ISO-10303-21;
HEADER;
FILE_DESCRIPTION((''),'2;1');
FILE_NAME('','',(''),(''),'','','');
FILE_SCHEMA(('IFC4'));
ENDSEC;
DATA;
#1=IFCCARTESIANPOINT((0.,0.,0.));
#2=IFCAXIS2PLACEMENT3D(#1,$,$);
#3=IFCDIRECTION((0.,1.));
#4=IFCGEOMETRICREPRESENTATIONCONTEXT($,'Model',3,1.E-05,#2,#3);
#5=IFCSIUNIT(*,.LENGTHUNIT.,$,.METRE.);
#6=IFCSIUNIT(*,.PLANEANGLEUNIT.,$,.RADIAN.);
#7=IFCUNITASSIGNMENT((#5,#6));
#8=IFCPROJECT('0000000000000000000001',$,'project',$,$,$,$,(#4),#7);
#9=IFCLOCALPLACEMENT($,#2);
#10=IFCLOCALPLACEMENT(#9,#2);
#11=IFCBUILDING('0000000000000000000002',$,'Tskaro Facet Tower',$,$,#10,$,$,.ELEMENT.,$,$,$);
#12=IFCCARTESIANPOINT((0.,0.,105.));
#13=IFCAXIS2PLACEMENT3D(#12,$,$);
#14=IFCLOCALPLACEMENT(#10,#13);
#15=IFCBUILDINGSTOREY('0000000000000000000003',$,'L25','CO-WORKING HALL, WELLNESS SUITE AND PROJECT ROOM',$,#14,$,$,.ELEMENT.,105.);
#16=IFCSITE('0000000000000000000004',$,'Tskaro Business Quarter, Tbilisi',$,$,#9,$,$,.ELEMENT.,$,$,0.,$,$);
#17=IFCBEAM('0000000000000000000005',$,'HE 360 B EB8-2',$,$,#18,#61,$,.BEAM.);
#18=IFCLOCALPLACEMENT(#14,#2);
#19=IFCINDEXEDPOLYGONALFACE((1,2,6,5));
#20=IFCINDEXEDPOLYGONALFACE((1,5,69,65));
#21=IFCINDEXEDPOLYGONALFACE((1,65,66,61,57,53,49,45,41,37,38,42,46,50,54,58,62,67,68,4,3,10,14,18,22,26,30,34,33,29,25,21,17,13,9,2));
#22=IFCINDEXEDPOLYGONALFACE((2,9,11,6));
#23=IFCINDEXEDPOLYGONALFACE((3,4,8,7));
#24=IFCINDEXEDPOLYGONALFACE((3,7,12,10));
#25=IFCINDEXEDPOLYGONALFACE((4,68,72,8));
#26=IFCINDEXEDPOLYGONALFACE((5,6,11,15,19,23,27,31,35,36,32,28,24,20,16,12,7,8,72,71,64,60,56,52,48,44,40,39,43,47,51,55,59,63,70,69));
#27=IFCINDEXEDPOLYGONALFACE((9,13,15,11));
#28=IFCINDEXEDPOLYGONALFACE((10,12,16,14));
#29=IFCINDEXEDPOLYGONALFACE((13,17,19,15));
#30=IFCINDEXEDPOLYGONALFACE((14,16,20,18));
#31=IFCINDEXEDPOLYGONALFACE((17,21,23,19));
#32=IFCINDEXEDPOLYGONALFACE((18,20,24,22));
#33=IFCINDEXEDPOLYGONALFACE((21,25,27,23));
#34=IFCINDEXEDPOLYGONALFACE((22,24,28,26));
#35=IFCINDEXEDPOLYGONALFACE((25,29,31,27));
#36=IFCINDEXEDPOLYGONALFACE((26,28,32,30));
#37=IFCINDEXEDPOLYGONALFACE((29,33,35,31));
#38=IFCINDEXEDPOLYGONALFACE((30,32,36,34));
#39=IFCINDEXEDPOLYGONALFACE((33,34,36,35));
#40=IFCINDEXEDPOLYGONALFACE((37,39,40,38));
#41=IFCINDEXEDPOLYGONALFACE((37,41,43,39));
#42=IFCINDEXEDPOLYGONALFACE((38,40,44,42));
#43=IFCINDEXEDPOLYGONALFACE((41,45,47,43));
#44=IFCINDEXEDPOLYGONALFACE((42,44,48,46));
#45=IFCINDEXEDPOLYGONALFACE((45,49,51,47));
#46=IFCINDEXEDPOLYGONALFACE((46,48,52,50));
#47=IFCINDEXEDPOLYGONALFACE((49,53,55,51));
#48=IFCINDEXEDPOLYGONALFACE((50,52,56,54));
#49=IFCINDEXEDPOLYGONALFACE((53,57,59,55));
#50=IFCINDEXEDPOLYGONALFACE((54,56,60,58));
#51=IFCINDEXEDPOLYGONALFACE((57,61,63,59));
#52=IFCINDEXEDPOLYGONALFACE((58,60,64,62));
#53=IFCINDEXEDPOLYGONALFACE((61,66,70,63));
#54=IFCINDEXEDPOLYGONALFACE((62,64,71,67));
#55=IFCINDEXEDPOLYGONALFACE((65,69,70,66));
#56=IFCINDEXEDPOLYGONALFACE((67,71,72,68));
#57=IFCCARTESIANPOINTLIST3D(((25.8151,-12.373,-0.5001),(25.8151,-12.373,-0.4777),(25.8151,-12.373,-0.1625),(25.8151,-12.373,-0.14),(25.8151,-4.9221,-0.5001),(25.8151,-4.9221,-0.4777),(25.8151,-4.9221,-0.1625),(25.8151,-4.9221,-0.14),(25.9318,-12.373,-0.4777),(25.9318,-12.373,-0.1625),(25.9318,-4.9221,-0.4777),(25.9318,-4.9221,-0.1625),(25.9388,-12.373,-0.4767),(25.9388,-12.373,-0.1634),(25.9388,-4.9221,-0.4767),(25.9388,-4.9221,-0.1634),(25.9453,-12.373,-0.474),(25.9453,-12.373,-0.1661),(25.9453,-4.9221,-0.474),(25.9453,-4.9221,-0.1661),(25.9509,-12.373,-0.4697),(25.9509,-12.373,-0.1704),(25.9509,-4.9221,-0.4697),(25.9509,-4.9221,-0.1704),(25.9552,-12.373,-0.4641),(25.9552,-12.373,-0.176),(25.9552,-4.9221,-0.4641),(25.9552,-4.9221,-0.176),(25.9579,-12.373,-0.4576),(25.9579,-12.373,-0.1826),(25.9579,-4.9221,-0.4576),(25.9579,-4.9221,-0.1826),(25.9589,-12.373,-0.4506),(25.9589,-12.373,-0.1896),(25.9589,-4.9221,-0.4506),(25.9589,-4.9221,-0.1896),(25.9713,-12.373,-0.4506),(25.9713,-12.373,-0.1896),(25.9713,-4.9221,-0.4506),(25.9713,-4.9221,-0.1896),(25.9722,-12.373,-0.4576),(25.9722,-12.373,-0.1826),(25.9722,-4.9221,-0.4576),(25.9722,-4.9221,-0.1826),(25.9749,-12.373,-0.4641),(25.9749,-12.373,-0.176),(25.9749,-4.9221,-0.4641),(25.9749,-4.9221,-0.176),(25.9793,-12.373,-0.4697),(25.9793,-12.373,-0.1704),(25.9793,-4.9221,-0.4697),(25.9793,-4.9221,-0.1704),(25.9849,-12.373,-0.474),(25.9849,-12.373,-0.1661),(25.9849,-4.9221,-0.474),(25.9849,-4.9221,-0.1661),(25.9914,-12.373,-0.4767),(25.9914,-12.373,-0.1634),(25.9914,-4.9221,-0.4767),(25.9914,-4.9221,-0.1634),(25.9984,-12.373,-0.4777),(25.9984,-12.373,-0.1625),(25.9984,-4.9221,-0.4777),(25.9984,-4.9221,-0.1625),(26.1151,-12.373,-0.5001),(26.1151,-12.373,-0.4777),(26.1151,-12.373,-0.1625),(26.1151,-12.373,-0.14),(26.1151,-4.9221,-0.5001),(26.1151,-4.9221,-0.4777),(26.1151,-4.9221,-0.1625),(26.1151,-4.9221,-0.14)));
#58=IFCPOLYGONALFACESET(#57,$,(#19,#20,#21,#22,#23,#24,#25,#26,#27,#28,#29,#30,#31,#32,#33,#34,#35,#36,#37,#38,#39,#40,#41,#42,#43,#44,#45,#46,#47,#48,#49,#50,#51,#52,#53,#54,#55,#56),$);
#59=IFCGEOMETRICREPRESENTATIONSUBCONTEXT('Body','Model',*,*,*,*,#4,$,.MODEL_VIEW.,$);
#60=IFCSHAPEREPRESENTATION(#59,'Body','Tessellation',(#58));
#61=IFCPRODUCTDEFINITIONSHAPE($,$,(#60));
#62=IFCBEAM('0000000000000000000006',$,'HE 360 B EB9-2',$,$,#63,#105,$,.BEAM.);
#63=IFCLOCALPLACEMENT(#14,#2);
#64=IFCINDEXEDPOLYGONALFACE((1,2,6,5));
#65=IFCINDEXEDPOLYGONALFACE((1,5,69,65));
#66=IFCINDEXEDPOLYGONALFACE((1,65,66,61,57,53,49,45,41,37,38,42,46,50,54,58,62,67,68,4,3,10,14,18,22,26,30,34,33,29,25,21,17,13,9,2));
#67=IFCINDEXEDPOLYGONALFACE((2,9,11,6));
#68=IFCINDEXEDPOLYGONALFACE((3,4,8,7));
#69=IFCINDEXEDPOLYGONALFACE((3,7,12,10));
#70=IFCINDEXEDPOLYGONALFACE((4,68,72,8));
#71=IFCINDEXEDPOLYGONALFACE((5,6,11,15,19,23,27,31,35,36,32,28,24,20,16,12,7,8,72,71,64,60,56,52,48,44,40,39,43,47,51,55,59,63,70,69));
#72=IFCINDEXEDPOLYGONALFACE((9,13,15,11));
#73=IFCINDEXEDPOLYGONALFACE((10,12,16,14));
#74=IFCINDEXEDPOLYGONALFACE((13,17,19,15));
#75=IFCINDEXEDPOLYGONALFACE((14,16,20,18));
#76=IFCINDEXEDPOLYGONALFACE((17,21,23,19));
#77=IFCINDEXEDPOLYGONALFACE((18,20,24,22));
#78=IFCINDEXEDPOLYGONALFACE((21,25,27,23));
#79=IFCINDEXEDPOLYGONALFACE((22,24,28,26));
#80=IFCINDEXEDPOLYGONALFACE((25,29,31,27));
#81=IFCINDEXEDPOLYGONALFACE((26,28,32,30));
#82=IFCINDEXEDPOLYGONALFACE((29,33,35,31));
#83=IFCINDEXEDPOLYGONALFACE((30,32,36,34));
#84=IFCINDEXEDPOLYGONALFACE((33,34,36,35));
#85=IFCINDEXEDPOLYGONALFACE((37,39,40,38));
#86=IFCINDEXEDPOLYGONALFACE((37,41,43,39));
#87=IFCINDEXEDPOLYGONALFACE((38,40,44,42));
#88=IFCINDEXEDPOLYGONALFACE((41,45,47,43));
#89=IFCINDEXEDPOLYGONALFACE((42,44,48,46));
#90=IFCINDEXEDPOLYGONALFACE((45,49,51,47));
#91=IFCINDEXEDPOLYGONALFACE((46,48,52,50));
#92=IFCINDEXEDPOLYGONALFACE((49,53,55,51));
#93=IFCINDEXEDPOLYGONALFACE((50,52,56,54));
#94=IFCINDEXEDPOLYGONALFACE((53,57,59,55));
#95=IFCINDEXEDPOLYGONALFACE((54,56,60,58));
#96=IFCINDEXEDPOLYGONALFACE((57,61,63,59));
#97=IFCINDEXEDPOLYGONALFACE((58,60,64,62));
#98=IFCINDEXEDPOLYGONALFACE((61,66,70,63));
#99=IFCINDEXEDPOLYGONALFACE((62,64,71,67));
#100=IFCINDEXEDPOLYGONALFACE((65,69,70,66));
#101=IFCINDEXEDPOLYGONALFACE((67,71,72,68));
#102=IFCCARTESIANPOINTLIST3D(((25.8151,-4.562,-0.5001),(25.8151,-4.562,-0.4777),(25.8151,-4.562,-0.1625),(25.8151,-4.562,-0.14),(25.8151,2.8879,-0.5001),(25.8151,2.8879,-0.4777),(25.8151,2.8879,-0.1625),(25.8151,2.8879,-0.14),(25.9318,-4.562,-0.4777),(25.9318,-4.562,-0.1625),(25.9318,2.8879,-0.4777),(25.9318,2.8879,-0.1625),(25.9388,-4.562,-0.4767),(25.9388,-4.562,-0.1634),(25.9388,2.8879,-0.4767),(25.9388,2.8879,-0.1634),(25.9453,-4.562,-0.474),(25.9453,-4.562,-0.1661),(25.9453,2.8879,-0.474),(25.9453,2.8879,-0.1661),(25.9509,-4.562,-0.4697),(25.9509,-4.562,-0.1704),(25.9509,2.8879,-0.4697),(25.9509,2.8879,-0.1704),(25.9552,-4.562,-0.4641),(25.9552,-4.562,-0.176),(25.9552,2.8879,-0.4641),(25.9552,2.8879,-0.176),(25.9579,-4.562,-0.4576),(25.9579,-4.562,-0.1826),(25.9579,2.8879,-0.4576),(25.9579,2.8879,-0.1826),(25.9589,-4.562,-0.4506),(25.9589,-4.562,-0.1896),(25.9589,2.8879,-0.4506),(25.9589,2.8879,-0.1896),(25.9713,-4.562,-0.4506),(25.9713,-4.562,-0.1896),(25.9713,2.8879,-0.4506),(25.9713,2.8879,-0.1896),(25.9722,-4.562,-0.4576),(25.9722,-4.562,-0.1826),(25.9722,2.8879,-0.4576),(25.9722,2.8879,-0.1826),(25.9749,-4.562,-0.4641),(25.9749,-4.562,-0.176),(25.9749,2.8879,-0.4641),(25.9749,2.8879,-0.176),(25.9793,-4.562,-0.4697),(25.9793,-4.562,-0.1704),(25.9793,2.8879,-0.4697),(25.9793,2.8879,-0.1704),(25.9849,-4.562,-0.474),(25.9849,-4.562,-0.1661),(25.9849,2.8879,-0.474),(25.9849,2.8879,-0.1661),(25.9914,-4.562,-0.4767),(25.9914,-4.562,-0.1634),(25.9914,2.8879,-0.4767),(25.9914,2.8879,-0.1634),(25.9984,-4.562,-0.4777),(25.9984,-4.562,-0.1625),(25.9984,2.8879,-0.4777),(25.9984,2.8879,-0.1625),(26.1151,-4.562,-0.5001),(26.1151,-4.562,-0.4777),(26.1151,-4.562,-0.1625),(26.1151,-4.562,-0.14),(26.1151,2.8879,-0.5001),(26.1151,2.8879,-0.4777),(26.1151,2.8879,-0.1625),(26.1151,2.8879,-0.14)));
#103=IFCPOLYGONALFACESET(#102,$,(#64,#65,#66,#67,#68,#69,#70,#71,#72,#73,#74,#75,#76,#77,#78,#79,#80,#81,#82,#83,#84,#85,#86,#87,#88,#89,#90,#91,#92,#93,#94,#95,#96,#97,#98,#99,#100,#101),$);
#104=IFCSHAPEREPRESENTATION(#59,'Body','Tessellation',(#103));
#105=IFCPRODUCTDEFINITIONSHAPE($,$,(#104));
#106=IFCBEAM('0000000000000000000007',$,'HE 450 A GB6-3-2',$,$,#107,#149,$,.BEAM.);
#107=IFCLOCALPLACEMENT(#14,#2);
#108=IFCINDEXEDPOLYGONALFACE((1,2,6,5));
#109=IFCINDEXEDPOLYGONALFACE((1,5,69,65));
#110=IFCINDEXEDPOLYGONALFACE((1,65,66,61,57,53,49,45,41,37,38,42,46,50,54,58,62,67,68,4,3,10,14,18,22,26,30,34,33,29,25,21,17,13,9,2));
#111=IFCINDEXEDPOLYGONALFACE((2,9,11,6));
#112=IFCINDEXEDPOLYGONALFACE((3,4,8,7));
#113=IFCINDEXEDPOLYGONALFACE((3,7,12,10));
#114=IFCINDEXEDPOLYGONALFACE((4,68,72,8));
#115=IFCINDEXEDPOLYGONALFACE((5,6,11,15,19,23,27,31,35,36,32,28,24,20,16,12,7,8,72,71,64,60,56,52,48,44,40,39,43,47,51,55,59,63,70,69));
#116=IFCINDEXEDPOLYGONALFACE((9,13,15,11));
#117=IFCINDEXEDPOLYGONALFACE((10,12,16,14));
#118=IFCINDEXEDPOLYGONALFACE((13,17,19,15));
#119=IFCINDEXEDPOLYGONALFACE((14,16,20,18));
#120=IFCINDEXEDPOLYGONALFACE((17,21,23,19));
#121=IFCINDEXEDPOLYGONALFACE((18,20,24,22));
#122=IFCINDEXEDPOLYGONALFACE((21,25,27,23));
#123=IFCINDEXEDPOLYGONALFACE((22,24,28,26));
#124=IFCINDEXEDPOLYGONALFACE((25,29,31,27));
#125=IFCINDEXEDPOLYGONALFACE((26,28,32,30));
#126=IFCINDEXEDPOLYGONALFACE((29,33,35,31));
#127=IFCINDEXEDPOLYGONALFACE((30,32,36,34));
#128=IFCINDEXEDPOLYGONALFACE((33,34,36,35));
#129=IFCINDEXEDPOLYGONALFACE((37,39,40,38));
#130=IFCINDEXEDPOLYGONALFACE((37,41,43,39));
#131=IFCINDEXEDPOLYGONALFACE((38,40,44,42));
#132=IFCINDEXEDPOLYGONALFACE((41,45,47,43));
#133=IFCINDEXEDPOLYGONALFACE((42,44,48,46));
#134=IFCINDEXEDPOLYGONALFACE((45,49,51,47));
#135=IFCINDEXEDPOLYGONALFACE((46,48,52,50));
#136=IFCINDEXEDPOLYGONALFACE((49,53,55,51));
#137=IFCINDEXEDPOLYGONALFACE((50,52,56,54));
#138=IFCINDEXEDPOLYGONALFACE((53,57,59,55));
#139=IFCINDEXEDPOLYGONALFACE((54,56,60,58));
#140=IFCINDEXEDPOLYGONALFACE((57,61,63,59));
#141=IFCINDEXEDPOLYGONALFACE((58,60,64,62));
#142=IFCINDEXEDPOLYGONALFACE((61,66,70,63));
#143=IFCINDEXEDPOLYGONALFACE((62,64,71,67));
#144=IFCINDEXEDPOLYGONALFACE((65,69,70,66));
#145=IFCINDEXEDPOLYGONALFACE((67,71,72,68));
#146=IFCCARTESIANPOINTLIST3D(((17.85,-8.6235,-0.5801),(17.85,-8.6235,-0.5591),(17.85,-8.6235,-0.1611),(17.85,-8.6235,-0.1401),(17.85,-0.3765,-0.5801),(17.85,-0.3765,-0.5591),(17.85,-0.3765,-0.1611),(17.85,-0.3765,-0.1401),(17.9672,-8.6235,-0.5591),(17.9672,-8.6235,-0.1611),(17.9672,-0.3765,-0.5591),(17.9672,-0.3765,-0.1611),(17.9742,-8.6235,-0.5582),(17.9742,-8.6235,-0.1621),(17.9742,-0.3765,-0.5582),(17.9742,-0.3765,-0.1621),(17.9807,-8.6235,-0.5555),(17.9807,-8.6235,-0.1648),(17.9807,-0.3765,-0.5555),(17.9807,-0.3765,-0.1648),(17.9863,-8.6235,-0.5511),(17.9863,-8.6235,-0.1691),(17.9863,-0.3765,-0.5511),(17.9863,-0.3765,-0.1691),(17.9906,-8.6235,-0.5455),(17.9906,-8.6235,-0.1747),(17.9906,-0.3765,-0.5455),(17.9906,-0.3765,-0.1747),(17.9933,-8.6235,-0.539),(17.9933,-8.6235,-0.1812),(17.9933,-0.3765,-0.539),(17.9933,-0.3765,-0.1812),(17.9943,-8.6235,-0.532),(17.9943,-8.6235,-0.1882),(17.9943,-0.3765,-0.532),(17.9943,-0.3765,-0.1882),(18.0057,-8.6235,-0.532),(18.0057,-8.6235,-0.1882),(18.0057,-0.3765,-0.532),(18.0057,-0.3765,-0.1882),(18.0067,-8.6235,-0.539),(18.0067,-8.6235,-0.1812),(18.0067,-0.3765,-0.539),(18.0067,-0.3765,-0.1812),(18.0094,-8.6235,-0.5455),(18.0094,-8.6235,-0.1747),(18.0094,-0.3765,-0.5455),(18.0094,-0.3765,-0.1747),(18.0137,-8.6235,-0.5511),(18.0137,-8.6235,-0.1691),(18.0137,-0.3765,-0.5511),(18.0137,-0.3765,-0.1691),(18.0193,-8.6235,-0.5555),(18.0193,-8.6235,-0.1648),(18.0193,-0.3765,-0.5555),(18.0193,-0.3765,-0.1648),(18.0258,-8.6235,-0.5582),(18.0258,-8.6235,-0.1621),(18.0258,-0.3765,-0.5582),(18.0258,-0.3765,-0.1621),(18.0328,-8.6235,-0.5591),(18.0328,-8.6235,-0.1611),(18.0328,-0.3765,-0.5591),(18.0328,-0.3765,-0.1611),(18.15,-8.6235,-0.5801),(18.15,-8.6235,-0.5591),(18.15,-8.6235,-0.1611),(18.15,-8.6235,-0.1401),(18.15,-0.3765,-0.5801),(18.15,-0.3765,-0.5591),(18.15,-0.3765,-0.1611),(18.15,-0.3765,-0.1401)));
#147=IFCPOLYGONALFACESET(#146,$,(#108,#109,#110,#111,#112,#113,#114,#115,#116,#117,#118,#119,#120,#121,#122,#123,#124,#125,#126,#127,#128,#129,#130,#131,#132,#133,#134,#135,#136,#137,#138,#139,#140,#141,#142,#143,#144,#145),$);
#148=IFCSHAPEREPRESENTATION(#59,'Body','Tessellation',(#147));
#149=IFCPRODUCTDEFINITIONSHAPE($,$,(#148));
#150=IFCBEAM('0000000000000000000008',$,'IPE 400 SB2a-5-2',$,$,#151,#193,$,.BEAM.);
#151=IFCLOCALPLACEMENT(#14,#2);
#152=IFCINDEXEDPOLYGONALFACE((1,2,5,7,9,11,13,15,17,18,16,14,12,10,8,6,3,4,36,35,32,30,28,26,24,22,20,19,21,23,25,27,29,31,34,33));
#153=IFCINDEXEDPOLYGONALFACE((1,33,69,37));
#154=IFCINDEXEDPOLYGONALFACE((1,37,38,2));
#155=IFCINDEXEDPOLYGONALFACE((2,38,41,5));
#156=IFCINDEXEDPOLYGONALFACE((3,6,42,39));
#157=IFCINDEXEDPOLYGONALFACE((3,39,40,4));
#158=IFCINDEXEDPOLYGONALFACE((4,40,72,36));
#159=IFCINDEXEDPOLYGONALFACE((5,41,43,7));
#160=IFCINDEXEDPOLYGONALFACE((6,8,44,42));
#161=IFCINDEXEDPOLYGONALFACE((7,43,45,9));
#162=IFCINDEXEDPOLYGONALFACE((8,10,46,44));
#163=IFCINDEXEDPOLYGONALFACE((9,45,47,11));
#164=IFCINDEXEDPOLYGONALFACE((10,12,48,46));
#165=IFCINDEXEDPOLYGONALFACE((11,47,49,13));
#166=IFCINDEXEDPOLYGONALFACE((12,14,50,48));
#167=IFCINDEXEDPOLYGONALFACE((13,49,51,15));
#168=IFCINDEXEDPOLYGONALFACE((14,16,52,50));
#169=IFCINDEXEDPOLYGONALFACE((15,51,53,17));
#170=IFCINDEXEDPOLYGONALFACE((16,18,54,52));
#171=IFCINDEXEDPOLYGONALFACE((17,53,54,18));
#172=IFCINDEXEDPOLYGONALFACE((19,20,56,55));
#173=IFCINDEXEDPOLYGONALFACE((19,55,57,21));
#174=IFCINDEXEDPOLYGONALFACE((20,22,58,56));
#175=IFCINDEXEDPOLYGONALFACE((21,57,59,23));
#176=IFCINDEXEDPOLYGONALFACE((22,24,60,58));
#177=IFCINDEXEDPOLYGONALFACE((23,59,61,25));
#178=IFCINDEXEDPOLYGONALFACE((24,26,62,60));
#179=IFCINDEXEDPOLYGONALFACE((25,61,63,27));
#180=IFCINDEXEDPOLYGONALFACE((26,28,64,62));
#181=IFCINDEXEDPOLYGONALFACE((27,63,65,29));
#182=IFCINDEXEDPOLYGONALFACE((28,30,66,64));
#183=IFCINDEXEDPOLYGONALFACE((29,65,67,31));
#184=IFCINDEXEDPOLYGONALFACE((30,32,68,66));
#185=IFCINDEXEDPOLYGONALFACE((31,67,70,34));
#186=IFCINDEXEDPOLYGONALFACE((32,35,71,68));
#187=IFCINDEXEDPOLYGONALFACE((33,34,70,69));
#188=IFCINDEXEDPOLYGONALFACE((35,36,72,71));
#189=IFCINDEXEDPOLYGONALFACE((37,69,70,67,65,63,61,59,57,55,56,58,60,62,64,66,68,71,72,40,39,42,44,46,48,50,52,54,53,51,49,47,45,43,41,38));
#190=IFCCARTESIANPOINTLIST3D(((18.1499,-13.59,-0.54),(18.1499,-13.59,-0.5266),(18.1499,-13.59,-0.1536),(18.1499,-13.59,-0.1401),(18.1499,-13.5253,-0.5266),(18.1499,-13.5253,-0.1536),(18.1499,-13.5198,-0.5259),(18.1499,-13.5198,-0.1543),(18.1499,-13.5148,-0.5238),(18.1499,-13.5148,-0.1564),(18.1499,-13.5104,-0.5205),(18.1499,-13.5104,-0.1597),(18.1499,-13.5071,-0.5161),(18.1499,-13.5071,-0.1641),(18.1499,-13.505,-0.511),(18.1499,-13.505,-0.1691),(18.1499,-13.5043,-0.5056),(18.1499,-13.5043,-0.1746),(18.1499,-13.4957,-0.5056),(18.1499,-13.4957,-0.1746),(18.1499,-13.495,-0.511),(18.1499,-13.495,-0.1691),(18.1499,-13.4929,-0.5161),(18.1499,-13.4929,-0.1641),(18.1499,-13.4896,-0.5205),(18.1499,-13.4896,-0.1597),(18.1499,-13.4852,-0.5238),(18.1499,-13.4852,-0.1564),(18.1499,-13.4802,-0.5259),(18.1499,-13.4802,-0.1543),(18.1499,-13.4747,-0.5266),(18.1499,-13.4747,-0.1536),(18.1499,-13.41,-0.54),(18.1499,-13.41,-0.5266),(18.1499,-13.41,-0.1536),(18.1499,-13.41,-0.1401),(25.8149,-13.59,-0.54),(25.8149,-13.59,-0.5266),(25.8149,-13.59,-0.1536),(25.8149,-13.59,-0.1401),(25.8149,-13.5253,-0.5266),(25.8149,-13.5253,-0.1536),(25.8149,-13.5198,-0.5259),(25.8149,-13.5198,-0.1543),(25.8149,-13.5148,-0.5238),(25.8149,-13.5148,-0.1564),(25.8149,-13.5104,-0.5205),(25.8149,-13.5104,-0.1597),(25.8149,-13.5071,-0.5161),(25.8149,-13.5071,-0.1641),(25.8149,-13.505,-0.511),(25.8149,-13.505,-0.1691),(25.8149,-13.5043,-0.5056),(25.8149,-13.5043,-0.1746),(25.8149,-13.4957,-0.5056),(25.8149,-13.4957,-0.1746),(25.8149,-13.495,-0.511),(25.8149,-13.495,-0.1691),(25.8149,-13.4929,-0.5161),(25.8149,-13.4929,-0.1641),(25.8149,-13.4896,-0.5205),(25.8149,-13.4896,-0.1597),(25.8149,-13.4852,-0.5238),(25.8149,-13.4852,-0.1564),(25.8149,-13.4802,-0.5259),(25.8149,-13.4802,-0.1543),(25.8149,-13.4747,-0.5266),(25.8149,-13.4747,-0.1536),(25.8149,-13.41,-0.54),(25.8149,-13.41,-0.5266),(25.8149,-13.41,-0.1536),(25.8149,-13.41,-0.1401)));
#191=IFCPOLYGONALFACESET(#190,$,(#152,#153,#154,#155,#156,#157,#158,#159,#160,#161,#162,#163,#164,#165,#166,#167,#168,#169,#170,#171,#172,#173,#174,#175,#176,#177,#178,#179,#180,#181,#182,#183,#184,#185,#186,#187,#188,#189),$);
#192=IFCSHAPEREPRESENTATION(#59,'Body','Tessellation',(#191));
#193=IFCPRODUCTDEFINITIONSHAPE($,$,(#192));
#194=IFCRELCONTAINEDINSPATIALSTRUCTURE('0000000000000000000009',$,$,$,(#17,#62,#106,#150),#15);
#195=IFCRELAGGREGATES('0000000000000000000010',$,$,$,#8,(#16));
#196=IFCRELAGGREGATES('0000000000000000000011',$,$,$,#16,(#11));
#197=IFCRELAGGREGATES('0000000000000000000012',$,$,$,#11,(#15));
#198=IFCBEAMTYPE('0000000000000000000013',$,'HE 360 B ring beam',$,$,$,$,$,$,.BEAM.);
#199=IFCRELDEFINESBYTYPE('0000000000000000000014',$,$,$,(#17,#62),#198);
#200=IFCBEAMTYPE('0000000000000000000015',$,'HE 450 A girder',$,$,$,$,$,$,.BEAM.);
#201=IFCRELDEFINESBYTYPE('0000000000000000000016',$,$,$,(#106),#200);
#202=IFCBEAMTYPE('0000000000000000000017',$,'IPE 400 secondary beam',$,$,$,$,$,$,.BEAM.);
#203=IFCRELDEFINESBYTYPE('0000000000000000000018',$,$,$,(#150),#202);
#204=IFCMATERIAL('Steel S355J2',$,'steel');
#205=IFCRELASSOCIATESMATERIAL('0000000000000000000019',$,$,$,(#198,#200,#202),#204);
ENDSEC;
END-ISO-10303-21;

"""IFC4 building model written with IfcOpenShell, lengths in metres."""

from ifc_helpers import new_model, si_unit, direction, frame, origin, origin_2d, place, context, subcontext, project, spatial, i_section, extrude, material, material_profile, profile_set, type_object, element, save


model = new_model("IFC4")

# Units and contexts
model_context = context("Model", 3, precision=1e-05, world=origin(), true_north=direction((0.0, 1.0)))
body_context = subcontext(model_context, "Body", "Model", "MODEL_VIEW")
ifc_project = project(units=[si_unit("LENGTHUNIT", "METRE"), si_unit("PLANEANGLEUNIT", "RADIAN")], contexts=[model_context])

# Site, building, storey
site_placement = place(None, origin())
site = spatial("IfcSite", under=ifc_project, at=site_placement, Name="Tskaro Business Quarter, Tbilisi", CompositionType="ELEMENT", RefElevation=0.0)
building_placement = place(site_placement, origin())
building = spatial("IfcBuilding", under=site, at=building_placement, Name="Tskaro Facet Tower", CompositionType="ELEMENT")
storey_placement = place(building_placement, frame((0.0, 0.0, 105.0)))
storey = spatial("IfcBuildingStorey", under=building, at=storey_placement, Name="L25", Description="CO-WORKING HALL, WELLNESS SUITE AND PROJECT ROOM", CompositionType="ELEMENT", Elevation=105.0)

# Beams
ifc_material_1 = material(Name="Steel S355J2", Category="steel")
ifc_material_profile_1 = material_profile(ifc_material_1, i_section(OverallWidth=0.3, OverallDepth=0.3601, WebThickness=0.0125, FlangeThickness=0.0225, FilletRadius=0.0271, at=origin_2d()), Name="HE 360 B")
ifc_profile_set_1 = profile_set([ifc_material_profile_1], Name="Steel S355J2")
beam_type_1 = type_object("IfcBeamType", Name="HE 360 B ring beam", PredefinedType="BEAM", material=ifc_profile_set_1)
beam_1_placement = place(storey_placement, frame((25.9651, -12.373, -0.3201), z_axis=(0.0, 1.0, 0.0), x_axis=(-1.0, 0.0, 0.0)))
element("IfcBeam", 1, at=beam_1_placement, inside=storey, type_object=beam_type_1, Name="HE 360 B EB8-2", PredefinedType="BEAM", context=body_context, shape_type="SweptSolid", body=[
    extrude(i_section(OverallWidth=0.3, OverallDepth=0.3601, WebThickness=0.0125, FlangeThickness=0.0225, FilletRadius=0.0271, at=origin_2d()), origin(), (0.0, 0.0, 1.0), 7.4509),
])
beam_2_placement = place(storey_placement, frame((25.9651, -4.562, -0.3201), z_axis=(0.0, 1.0, 0.0), x_axis=(-1.0, 0.0, 0.0)))
element("IfcBeam", 2, at=beam_2_placement, inside=storey, type_object=beam_type_1, Name="HE 360 B EB9-2", PredefinedType="BEAM", context=body_context, shape_type="SweptSolid", body=[
    extrude(i_section(OverallWidth=0.3, OverallDepth=0.3601, WebThickness=0.0125, FlangeThickness=0.0225, FilletRadius=0.0271, at=origin_2d()), origin(), (0.0, 0.0, 1.0), 7.45),
])
ifc_material_profile_2 = material_profile(ifc_material_1, i_section(OverallWidth=0.3, OverallDepth=0.4399, WebThickness=0.0115, FlangeThickness=0.021, FilletRadius=0.0271, at=origin_2d()), Name="HE 450 A")
ifc_profile_set_2 = profile_set([ifc_material_profile_2], Name="Steel S355J2")
beam_type_2 = type_object("IfcBeamType", Name="HE 450 A girder", PredefinedType="BEAM", material=ifc_profile_set_2)
beam_3_placement = place(storey_placement, frame((18.0, -8.6235, -0.3601), z_axis=(0.0, 1.0, 0.0), x_axis=(-1.0, 0.0, 0.0)))
element("IfcBeam", 3, at=beam_3_placement, inside=storey, type_object=beam_type_2, Name="HE 450 A GB6-3-2", PredefinedType="BEAM", context=body_context, shape_type="SweptSolid", body=[
    extrude(i_section(OverallWidth=0.3, OverallDepth=0.4399, WebThickness=0.0115, FlangeThickness=0.021, FilletRadius=0.0271, at=origin_2d()), origin(), (0.0, 0.0, 1.0), 8.2471),
])
ifc_material_profile_3 = material_profile(ifc_material_1, i_section(OverallWidth=0.1799, OverallDepth=0.3999, WebThickness=0.0085, FlangeThickness=0.0134, FilletRadius=0.021, at=origin_2d()), Name="IPE 400")
ifc_profile_set_3 = profile_set([ifc_material_profile_3], Name="Steel S355J2")
beam_type_3 = type_object("IfcBeamType", Name="IPE 400 secondary beam", PredefinedType="BEAM", material=ifc_profile_set_3)
for number, where, z_axis, x_axis, name in (
    (4, (18.1499, -13.5, -0.3401), (1.0, 0.0, 0.0), (0.0, 1.0, 0.0), "IPE 400 SB2a-5-2"),
):
    element("IfcBeam", number, at=place(storey_placement, frame(where, z_axis=z_axis, x_axis=x_axis)), inside=storey, type_object=beam_type_3, Name=name, PredefinedType="BEAM", context=body_context, shape_type="SweptSolid", body=[
        extrude(i_section(OverallWidth=0.1799, OverallDepth=0.3999, WebThickness=0.0085, FlangeThickness=0.0134, FilletRadius=0.021, at=origin_2d()), origin(), (0.0, 0.0, 1.0), 7.665),
    ])

save(model, "model.ifc")
